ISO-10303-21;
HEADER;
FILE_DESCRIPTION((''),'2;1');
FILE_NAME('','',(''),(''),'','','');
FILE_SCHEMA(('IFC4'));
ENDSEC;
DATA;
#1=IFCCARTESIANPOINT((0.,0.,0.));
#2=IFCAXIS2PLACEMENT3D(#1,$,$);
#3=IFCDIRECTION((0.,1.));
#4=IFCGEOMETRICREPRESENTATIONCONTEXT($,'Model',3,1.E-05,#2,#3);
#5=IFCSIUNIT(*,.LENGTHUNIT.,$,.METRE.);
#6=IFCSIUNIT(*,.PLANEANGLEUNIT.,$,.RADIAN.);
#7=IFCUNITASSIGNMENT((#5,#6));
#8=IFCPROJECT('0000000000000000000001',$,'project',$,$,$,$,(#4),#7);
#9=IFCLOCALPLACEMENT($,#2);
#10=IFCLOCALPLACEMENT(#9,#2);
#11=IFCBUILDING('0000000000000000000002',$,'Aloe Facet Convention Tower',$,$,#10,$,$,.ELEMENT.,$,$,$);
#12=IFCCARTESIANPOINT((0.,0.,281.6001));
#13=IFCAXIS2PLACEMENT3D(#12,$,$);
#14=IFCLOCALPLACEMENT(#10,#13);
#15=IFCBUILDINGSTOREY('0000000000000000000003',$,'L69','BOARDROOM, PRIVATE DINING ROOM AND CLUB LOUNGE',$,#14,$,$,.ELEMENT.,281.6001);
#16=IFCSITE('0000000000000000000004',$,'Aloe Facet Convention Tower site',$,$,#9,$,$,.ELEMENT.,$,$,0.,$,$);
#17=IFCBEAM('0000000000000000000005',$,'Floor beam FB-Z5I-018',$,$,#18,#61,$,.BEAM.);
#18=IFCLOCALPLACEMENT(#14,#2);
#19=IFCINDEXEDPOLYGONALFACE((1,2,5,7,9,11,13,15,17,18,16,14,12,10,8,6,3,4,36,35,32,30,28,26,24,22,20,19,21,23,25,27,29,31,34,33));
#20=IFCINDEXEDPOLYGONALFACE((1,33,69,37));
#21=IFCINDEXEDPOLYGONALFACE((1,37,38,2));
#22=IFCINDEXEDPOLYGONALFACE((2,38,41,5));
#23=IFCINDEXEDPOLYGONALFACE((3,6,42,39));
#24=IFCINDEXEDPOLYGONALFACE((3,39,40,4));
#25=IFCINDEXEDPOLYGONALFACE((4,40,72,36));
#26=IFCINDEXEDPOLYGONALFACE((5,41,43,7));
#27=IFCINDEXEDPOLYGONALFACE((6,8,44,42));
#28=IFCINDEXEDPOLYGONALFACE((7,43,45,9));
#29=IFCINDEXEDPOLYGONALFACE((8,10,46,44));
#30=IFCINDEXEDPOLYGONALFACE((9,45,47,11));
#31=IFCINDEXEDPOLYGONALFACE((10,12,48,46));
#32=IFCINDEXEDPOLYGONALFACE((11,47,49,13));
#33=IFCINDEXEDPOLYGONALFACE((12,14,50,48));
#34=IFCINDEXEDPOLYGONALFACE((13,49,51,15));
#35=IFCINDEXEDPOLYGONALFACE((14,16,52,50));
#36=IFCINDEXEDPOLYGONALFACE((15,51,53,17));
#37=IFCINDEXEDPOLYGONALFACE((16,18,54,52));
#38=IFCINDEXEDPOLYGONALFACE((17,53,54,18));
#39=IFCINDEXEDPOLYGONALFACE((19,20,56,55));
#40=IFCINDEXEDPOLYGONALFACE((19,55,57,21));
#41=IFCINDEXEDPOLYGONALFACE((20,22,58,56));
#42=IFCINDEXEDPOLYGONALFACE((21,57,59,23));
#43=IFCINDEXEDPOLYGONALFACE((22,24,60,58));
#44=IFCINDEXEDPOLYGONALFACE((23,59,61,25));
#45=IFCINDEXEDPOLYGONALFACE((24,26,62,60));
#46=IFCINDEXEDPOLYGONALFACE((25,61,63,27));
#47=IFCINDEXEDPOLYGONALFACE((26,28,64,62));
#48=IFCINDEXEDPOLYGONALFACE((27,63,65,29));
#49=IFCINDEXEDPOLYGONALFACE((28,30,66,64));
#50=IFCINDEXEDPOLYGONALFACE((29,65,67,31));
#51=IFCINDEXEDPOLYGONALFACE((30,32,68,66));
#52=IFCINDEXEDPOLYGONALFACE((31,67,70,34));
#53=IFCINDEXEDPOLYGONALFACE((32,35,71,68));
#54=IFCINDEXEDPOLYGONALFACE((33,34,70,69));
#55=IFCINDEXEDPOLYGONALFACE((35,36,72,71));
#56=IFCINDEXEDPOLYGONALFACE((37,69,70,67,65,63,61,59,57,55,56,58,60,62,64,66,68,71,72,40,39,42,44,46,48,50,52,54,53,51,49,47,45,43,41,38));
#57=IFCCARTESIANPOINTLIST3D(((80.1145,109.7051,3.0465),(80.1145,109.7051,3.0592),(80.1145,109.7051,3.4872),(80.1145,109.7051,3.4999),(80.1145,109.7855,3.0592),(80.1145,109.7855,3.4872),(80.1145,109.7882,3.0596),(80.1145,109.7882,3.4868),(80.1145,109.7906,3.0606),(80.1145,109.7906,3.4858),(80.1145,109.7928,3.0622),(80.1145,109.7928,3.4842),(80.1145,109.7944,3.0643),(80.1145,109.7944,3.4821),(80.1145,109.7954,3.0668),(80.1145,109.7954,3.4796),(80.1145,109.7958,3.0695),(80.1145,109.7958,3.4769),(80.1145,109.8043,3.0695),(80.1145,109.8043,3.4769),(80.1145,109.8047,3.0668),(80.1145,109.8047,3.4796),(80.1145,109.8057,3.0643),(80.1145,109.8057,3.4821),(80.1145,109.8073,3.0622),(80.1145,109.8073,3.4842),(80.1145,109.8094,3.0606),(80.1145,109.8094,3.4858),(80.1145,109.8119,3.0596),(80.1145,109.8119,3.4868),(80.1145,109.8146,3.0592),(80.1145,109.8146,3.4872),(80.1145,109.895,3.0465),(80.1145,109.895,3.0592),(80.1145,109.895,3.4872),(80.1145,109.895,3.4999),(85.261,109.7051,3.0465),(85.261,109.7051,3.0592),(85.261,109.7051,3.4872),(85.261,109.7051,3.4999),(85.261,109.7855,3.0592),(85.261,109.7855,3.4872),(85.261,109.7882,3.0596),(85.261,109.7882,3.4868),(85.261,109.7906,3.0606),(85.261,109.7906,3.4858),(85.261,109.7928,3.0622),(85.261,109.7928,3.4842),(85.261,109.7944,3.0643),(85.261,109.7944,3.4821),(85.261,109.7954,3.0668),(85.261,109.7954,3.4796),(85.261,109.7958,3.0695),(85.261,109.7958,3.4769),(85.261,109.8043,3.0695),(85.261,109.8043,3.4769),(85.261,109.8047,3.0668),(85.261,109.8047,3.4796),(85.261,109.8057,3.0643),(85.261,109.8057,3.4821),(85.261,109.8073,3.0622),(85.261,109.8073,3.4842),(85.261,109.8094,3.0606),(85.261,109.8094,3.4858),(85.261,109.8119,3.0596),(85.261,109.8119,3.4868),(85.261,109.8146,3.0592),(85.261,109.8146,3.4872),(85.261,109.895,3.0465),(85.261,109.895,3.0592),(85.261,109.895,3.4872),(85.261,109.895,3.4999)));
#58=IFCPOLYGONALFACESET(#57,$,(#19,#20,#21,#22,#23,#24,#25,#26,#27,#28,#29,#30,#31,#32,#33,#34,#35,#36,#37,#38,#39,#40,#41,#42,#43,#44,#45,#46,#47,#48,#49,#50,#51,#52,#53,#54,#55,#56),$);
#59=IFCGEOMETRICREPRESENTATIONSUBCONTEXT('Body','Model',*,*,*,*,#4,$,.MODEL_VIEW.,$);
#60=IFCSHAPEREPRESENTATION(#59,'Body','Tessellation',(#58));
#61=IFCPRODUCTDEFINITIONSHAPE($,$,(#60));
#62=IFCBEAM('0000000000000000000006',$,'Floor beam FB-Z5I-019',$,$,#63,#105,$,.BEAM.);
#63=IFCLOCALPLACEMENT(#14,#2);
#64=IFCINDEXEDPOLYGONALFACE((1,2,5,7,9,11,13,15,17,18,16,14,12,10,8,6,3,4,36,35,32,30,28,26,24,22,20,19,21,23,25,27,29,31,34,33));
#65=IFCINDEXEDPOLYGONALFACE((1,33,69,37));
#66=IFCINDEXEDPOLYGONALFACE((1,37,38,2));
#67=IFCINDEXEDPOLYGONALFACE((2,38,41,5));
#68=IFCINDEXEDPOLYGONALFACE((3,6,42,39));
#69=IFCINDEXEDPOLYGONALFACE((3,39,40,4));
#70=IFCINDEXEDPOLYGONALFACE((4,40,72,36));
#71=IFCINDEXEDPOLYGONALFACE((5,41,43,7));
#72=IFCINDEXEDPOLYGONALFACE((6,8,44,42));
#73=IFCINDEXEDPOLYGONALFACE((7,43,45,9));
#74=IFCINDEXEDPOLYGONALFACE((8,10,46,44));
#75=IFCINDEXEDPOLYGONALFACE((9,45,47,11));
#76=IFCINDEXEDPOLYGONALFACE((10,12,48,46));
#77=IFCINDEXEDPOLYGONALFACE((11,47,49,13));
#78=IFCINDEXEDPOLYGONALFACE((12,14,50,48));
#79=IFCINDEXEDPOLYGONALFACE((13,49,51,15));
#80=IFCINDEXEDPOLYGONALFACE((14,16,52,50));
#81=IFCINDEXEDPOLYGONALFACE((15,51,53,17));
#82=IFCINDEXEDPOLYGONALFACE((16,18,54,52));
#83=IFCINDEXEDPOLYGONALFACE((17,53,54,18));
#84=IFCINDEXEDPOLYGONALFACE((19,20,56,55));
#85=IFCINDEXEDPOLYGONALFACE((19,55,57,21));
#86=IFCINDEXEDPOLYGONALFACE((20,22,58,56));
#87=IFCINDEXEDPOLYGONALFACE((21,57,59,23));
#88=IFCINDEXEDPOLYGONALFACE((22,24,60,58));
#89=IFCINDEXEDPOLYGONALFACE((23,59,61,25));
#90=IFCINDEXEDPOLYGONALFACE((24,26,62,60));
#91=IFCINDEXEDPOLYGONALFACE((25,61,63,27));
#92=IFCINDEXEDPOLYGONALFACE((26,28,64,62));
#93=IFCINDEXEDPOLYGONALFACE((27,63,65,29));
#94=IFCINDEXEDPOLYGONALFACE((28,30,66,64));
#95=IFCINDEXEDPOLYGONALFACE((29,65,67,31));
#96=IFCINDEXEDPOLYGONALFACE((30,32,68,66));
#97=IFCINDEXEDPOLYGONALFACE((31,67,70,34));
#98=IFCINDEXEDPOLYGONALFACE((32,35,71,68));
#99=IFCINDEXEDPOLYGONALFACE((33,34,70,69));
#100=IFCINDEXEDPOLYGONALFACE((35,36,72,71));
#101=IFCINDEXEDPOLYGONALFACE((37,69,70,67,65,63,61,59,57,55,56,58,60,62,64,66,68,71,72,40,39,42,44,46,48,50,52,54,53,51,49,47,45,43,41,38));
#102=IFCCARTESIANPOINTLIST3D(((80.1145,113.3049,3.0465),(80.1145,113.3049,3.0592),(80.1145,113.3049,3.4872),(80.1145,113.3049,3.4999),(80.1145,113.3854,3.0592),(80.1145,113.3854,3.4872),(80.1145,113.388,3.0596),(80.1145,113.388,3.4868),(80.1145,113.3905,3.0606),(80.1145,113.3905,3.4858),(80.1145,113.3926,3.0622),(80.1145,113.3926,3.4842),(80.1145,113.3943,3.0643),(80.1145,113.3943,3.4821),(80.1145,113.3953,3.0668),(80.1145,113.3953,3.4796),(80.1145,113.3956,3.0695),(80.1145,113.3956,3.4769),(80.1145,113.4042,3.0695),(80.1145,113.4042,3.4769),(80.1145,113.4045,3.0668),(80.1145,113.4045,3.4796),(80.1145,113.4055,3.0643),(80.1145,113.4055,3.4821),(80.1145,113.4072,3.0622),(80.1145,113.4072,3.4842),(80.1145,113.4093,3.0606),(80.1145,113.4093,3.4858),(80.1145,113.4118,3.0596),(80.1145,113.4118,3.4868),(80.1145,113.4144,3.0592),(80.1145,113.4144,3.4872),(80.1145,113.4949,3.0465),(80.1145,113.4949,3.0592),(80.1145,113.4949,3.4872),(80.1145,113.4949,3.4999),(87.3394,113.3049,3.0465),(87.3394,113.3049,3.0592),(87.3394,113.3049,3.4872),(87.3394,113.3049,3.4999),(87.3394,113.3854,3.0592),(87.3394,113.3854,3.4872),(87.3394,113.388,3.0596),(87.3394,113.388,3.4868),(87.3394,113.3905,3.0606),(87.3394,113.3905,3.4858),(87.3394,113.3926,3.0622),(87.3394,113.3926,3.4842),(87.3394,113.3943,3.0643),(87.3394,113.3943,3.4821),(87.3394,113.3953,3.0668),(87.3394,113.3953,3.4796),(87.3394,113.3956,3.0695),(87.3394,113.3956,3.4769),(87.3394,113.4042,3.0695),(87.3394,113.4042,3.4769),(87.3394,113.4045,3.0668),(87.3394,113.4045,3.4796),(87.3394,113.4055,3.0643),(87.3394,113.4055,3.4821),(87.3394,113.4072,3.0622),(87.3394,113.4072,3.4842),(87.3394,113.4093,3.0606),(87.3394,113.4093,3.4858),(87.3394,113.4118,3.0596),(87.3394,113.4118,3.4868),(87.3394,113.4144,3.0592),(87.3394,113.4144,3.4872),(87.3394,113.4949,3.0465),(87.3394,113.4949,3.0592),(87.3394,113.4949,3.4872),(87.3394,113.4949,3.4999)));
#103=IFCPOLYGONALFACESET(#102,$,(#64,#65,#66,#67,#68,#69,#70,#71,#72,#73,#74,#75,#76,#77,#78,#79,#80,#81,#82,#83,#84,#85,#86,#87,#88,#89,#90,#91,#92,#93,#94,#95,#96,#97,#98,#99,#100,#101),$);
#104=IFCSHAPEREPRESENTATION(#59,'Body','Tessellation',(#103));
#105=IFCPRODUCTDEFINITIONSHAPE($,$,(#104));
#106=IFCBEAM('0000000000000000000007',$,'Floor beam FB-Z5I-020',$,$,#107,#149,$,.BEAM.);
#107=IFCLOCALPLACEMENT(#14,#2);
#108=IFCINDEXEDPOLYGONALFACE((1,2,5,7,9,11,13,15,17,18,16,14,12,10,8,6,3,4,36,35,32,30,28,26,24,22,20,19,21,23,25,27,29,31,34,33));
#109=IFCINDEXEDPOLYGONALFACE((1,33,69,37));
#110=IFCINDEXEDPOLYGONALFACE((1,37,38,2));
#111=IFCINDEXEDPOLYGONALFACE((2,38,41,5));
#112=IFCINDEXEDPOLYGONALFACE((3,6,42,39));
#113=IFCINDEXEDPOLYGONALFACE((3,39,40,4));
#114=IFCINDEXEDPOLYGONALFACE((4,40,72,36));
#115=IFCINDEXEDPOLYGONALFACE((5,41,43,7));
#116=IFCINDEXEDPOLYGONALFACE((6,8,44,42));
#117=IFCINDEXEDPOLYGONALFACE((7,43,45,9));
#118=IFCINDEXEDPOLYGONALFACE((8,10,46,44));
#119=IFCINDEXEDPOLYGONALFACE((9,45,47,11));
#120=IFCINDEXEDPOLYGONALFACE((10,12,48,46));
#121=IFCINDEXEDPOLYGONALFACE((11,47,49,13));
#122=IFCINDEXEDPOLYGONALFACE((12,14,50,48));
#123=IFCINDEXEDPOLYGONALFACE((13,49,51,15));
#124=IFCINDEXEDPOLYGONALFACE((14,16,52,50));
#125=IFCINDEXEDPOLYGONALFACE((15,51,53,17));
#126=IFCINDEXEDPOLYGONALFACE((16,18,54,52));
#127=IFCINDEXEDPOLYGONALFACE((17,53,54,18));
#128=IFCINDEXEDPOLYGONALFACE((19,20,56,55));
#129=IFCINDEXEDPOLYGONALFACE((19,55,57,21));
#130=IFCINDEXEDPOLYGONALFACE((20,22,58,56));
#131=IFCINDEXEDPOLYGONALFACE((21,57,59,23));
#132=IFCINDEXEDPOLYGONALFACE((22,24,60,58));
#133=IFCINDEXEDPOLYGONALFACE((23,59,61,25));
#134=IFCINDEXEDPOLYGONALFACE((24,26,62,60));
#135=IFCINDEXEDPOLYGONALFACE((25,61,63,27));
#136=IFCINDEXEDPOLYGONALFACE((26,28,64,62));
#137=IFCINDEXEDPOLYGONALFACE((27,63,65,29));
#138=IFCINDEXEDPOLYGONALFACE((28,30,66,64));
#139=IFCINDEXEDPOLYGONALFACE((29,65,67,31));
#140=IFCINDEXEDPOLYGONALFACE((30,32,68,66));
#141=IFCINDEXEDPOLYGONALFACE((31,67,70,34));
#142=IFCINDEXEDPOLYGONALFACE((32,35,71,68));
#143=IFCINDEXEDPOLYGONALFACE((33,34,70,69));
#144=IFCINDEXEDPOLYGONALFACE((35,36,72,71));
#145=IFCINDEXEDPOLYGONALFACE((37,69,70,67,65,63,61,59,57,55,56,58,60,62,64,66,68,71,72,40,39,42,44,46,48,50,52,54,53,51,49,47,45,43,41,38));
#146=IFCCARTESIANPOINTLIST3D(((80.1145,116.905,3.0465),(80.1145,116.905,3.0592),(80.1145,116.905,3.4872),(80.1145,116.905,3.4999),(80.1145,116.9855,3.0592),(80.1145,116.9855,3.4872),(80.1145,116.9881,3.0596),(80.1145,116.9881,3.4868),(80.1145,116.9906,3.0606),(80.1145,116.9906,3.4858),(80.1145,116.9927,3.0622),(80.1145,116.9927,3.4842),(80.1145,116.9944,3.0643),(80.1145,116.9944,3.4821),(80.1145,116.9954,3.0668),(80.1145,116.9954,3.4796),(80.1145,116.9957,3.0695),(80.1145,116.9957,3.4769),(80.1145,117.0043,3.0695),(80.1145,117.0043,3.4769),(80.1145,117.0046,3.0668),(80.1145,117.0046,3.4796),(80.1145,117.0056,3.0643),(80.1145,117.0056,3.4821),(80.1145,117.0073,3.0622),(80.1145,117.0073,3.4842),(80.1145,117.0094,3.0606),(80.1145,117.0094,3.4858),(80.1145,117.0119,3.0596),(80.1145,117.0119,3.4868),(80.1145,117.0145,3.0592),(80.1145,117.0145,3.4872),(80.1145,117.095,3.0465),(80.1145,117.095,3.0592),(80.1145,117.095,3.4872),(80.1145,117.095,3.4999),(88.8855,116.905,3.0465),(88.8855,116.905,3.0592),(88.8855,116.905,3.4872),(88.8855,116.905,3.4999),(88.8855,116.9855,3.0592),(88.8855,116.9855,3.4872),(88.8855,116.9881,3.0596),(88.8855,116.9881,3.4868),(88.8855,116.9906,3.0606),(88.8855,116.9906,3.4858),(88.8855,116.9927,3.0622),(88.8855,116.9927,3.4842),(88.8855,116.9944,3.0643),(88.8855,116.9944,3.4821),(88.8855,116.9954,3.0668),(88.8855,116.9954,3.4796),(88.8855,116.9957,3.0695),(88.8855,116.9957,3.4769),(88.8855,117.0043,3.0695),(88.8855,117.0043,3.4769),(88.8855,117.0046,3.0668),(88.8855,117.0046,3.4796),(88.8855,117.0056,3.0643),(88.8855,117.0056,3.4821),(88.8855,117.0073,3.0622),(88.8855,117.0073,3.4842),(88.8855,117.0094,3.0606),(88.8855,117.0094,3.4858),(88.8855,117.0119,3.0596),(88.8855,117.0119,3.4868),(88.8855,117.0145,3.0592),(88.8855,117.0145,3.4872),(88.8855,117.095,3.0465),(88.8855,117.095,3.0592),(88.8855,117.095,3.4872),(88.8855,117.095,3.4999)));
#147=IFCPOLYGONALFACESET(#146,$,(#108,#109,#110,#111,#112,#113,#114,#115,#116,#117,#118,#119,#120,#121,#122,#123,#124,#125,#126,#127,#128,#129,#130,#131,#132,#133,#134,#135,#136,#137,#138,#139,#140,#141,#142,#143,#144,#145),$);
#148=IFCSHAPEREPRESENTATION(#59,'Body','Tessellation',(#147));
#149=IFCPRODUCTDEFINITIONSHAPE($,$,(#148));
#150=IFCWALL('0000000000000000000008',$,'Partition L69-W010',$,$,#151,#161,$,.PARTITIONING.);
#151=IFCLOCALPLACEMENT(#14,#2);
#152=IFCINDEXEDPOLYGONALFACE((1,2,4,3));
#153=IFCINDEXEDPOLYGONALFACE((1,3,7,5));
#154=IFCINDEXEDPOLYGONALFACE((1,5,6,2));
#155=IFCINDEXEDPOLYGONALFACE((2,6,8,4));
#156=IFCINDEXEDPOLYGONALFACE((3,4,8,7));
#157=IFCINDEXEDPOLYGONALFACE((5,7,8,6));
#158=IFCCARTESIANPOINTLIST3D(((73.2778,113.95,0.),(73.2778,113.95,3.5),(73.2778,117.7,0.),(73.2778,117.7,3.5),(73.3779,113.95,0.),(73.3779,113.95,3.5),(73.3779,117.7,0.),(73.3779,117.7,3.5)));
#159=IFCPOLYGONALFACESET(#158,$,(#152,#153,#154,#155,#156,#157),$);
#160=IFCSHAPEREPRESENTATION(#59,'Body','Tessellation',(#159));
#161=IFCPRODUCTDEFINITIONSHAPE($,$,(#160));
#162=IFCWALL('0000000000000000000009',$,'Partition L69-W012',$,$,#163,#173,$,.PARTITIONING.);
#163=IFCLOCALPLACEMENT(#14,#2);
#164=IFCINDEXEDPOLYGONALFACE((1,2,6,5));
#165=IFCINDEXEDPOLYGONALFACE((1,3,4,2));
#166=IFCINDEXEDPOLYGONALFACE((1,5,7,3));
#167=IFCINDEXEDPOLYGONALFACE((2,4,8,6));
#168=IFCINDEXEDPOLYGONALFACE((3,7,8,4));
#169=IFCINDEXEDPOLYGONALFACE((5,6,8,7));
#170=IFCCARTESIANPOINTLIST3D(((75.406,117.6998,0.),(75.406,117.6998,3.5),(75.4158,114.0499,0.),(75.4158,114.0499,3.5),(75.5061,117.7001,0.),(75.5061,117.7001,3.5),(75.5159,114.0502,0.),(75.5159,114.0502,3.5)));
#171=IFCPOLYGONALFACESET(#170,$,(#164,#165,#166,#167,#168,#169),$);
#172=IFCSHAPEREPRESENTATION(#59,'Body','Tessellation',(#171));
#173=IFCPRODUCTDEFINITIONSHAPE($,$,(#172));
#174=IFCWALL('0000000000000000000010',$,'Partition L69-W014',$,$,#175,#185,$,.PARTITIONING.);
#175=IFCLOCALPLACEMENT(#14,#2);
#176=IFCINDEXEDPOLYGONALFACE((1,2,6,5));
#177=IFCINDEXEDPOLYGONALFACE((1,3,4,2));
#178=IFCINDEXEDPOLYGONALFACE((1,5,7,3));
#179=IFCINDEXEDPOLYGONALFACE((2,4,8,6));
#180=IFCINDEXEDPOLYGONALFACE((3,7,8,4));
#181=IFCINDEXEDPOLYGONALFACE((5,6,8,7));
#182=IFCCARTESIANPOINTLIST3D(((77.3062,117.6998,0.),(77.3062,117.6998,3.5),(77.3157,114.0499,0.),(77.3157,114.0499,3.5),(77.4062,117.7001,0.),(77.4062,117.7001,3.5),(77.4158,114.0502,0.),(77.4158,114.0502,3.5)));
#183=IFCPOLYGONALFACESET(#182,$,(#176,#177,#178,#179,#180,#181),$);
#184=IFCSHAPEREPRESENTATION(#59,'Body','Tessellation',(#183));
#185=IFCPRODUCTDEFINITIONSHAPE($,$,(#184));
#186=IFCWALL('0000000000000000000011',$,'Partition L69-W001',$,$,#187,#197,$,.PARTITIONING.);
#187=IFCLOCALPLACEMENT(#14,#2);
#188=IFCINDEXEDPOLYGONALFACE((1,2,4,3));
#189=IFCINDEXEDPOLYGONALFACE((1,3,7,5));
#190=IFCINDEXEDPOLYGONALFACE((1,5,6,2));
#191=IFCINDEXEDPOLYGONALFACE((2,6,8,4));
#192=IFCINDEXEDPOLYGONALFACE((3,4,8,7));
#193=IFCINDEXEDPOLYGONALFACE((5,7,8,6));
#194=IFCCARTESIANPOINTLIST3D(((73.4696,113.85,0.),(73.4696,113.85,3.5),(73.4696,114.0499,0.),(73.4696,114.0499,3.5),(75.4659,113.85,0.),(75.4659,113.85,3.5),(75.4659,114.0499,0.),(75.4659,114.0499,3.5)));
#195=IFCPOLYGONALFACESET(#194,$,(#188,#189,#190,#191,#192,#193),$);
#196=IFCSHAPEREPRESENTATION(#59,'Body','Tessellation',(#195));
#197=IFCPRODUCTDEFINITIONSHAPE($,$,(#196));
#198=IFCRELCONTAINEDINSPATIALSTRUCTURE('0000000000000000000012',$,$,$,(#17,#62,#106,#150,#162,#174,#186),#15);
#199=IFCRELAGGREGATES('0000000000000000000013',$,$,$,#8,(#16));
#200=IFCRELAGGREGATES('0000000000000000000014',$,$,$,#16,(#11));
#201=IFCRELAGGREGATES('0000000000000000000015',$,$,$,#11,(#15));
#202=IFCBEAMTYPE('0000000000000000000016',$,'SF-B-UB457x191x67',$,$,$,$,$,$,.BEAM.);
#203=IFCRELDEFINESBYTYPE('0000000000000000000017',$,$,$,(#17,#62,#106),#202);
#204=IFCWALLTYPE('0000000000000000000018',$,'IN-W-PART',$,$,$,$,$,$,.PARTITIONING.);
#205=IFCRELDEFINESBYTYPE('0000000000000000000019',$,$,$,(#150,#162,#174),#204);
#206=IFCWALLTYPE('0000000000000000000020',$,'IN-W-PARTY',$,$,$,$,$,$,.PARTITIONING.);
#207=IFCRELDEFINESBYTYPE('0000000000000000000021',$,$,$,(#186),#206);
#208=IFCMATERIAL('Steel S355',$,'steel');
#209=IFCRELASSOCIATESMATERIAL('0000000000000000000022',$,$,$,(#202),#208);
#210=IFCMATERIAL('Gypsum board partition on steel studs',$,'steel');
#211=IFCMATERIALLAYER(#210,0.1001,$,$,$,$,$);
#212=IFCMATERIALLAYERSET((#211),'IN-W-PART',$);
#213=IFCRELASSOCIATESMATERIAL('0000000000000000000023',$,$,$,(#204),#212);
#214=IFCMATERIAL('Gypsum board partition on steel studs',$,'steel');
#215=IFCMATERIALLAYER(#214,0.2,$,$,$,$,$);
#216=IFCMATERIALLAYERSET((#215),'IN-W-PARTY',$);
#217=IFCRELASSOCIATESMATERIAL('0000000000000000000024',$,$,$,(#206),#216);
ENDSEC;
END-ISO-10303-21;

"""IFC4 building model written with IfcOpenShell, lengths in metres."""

from ifc_helpers import new_model, si_unit, direction, frame, frame_2d, origin, origin_2d, place, context, subcontext, project, spatial, rectangle, i_section, extrude, material, layer, layer_set, material_profile, profile_set, type_object, element, save


model = new_model("IFC4")

# Units and contexts
model_context = context("Model", 3, precision=1e-05, world=origin(), true_north=direction((0.0, 1.0)))
body_context = subcontext(model_context, "Body", "Model", "MODEL_VIEW")
ifc_project = project(units=[si_unit("LENGTHUNIT", "METRE"), si_unit("PLANEANGLEUNIT", "RADIAN")], contexts=[model_context])

# Site, building, storey
site_placement = place(None, origin())
site = spatial("IfcSite", under=ifc_project, at=site_placement, Name="Aloe Facet Convention Tower site", CompositionType="ELEMENT", RefElevation=0.0)
building_placement = place(site_placement, origin())
building = spatial("IfcBuilding", under=site, at=building_placement, Name="Aloe Facet Convention Tower", CompositionType="ELEMENT")
storey_placement = place(building_placement, frame((0.0, 0.0, 281.6001)))
storey = spatial("IfcBuildingStorey", under=building, at=storey_placement, Name="L69", Description="BOARDROOM, PRIVATE DINING ROOM AND CLUB LOUNGE", CompositionType="ELEMENT", Elevation=281.6001)

# Beams
ifc_material_1 = material(Name="Steel S355", Category="steel")
ifc_material_profile_1 = material_profile(ifc_material_1, i_section(OverallWidth=0.1899, OverallDepth=0.4534, WebThickness=0.0085, FlangeThickness=0.0127, FilletRadius=0.0103, at=origin_2d()), Name="UB 457x191x67")
ifc_profile_set_1 = profile_set([ifc_material_profile_1], Name="Steel S355")
beam_type = type_object("IfcBeamType", Name="SF-B-UB457x191x67", PredefinedType="BEAM", material=ifc_profile_set_1)
for number, where, z_axis, x_axis, name in (
    (1, (80.1145, 109.8, 3.2732), (1.0, 0.0, 0.0), (0.0, 1.0, 0.0), "Floor beam FB-Z5I-018"),
):
    element("IfcBeam", number, at=place(storey_placement, frame(where, z_axis=z_axis, x_axis=x_axis)), inside=storey, type_object=beam_type, Name=name, PredefinedType="BEAM", context=body_context, shape_type="SweptSolid", body=[
        extrude(i_section(OverallWidth=0.1899, OverallDepth=0.4534, WebThickness=0.0085, FlangeThickness=0.0127, FilletRadius=0.0103, at=origin_2d()), origin(), (0.0, 0.0, 1.0), 5.1465),
    ])
beam_1_placement = place(storey_placement, frame((80.1145, 113.3999, 3.2732), z_axis=(1.0, 0.0, 0.0), x_axis=(0.0, 1.0, 0.0)))
element("IfcBeam", 2, at=beam_1_placement, inside=storey, type_object=beam_type, Name="Floor beam FB-Z5I-019", PredefinedType="BEAM", context=body_context, shape_type="SweptSolid", body=[
    extrude(i_section(OverallWidth=0.1899, OverallDepth=0.4534, WebThickness=0.0085, FlangeThickness=0.0127, FilletRadius=0.0103, at=origin_2d()), origin(), (0.0, 0.0, 1.0), 7.2249),
])
beam_2_placement = place(storey_placement, frame((80.1145, 117.0, 3.2732), z_axis=(1.0, 0.0, 0.0), x_axis=(0.0, 1.0, 0.0)))
element("IfcBeam", 3, at=beam_2_placement, inside=storey, type_object=beam_type, Name="Floor beam FB-Z5I-020", PredefinedType="BEAM", context=body_context, shape_type="SweptSolid", body=[
    extrude(i_section(OverallWidth=0.1899, OverallDepth=0.4534, WebThickness=0.0085, FlangeThickness=0.0127, FilletRadius=0.0103, at=origin_2d()), origin(), (0.0, 0.0, 1.0), 8.771),
])

# Walls
ifc_material_2 = material(Name="Gypsum board partition on steel studs", Category="steel")
ifc_layer_1 = layer(ifc_material_2, 0.1001)
ifc_layer_set_1 = layer_set([ifc_layer_1], Name="IN-W-PART")
wall_type_1 = type_object("IfcWallType", Name="IN-W-PART", PredefinedType="PARTITIONING", material=ifc_layer_set_1)
wall_1_placement = place(storey_placement, frame((73.3279, 113.95, 0.0), z_axis=(0.0, 0.0, 1.0), x_axis=(0.0, 1.0, 0.0)))
element("IfcWall", 4, at=wall_1_placement, inside=storey, type_object=wall_type_1, Name="Partition L69-W010", PredefinedType="PARTITIONING", context=body_context, shape_type="SweptSolid", body=[
    extrude(rectangle(XDim=3.75, YDim=0.1001, at=frame_2d((1.875, 0.0))), origin(), (0.0, 0.0, 1.0), 3.5),
])
for number, where, z_axis, x_axis, name in (
    (5, (75.4658, 114.05, 0.0), (0.0, 0.0, 1.0), (-0.002676, 0.999996, 0.0), "Partition L69-W012"),
    (6, (77.3657, 114.05, 0.0), (0.0, 0.0, 1.0), (-0.002609, 0.999997, 0.0), "Partition L69-W014"),
):
    element("IfcWall", number, at=place(storey_placement, frame(where, z_axis=z_axis, x_axis=x_axis)), inside=storey, type_object=wall_type_1, Name=name, PredefinedType="PARTITIONING", context=body_context, shape_type="SweptSolid", body=[
        extrude(rectangle(XDim=3.6499, YDim=0.1001, at=frame_2d((1.825, 0.0))), origin(), (0.0, 0.0, 1.0), 3.5),
    ])
ifc_material_3 = material(Name="Gypsum board partition on steel studs", Category="steel")
ifc_layer_2 = layer(ifc_material_3, 0.2)
ifc_layer_set_2 = layer_set([ifc_layer_2], Name="IN-W-PARTY")
wall_type_2 = type_object("IfcWallType", Name="IN-W-PARTY", PredefinedType="PARTITIONING", material=ifc_layer_set_2)
wall_2_placement = place(storey_placement, frame((73.4697, 113.95, 0.0), z_axis=(0.0, 0.0, 1.0), x_axis=(1.0, 0.0, 0.0)))
element("IfcWall", 7, at=wall_2_placement, inside=storey, type_object=wall_type_2, Name="Partition L69-W001", PredefinedType="PARTITIONING", context=body_context, shape_type="SweptSolid", body=[
    extrude(rectangle(XDim=1.9963, YDim=0.2, at=frame_2d((0.998, 0.0))), origin(), (0.0, 0.0, 1.0), 3.5),
])

save(model, "model.ifc")
